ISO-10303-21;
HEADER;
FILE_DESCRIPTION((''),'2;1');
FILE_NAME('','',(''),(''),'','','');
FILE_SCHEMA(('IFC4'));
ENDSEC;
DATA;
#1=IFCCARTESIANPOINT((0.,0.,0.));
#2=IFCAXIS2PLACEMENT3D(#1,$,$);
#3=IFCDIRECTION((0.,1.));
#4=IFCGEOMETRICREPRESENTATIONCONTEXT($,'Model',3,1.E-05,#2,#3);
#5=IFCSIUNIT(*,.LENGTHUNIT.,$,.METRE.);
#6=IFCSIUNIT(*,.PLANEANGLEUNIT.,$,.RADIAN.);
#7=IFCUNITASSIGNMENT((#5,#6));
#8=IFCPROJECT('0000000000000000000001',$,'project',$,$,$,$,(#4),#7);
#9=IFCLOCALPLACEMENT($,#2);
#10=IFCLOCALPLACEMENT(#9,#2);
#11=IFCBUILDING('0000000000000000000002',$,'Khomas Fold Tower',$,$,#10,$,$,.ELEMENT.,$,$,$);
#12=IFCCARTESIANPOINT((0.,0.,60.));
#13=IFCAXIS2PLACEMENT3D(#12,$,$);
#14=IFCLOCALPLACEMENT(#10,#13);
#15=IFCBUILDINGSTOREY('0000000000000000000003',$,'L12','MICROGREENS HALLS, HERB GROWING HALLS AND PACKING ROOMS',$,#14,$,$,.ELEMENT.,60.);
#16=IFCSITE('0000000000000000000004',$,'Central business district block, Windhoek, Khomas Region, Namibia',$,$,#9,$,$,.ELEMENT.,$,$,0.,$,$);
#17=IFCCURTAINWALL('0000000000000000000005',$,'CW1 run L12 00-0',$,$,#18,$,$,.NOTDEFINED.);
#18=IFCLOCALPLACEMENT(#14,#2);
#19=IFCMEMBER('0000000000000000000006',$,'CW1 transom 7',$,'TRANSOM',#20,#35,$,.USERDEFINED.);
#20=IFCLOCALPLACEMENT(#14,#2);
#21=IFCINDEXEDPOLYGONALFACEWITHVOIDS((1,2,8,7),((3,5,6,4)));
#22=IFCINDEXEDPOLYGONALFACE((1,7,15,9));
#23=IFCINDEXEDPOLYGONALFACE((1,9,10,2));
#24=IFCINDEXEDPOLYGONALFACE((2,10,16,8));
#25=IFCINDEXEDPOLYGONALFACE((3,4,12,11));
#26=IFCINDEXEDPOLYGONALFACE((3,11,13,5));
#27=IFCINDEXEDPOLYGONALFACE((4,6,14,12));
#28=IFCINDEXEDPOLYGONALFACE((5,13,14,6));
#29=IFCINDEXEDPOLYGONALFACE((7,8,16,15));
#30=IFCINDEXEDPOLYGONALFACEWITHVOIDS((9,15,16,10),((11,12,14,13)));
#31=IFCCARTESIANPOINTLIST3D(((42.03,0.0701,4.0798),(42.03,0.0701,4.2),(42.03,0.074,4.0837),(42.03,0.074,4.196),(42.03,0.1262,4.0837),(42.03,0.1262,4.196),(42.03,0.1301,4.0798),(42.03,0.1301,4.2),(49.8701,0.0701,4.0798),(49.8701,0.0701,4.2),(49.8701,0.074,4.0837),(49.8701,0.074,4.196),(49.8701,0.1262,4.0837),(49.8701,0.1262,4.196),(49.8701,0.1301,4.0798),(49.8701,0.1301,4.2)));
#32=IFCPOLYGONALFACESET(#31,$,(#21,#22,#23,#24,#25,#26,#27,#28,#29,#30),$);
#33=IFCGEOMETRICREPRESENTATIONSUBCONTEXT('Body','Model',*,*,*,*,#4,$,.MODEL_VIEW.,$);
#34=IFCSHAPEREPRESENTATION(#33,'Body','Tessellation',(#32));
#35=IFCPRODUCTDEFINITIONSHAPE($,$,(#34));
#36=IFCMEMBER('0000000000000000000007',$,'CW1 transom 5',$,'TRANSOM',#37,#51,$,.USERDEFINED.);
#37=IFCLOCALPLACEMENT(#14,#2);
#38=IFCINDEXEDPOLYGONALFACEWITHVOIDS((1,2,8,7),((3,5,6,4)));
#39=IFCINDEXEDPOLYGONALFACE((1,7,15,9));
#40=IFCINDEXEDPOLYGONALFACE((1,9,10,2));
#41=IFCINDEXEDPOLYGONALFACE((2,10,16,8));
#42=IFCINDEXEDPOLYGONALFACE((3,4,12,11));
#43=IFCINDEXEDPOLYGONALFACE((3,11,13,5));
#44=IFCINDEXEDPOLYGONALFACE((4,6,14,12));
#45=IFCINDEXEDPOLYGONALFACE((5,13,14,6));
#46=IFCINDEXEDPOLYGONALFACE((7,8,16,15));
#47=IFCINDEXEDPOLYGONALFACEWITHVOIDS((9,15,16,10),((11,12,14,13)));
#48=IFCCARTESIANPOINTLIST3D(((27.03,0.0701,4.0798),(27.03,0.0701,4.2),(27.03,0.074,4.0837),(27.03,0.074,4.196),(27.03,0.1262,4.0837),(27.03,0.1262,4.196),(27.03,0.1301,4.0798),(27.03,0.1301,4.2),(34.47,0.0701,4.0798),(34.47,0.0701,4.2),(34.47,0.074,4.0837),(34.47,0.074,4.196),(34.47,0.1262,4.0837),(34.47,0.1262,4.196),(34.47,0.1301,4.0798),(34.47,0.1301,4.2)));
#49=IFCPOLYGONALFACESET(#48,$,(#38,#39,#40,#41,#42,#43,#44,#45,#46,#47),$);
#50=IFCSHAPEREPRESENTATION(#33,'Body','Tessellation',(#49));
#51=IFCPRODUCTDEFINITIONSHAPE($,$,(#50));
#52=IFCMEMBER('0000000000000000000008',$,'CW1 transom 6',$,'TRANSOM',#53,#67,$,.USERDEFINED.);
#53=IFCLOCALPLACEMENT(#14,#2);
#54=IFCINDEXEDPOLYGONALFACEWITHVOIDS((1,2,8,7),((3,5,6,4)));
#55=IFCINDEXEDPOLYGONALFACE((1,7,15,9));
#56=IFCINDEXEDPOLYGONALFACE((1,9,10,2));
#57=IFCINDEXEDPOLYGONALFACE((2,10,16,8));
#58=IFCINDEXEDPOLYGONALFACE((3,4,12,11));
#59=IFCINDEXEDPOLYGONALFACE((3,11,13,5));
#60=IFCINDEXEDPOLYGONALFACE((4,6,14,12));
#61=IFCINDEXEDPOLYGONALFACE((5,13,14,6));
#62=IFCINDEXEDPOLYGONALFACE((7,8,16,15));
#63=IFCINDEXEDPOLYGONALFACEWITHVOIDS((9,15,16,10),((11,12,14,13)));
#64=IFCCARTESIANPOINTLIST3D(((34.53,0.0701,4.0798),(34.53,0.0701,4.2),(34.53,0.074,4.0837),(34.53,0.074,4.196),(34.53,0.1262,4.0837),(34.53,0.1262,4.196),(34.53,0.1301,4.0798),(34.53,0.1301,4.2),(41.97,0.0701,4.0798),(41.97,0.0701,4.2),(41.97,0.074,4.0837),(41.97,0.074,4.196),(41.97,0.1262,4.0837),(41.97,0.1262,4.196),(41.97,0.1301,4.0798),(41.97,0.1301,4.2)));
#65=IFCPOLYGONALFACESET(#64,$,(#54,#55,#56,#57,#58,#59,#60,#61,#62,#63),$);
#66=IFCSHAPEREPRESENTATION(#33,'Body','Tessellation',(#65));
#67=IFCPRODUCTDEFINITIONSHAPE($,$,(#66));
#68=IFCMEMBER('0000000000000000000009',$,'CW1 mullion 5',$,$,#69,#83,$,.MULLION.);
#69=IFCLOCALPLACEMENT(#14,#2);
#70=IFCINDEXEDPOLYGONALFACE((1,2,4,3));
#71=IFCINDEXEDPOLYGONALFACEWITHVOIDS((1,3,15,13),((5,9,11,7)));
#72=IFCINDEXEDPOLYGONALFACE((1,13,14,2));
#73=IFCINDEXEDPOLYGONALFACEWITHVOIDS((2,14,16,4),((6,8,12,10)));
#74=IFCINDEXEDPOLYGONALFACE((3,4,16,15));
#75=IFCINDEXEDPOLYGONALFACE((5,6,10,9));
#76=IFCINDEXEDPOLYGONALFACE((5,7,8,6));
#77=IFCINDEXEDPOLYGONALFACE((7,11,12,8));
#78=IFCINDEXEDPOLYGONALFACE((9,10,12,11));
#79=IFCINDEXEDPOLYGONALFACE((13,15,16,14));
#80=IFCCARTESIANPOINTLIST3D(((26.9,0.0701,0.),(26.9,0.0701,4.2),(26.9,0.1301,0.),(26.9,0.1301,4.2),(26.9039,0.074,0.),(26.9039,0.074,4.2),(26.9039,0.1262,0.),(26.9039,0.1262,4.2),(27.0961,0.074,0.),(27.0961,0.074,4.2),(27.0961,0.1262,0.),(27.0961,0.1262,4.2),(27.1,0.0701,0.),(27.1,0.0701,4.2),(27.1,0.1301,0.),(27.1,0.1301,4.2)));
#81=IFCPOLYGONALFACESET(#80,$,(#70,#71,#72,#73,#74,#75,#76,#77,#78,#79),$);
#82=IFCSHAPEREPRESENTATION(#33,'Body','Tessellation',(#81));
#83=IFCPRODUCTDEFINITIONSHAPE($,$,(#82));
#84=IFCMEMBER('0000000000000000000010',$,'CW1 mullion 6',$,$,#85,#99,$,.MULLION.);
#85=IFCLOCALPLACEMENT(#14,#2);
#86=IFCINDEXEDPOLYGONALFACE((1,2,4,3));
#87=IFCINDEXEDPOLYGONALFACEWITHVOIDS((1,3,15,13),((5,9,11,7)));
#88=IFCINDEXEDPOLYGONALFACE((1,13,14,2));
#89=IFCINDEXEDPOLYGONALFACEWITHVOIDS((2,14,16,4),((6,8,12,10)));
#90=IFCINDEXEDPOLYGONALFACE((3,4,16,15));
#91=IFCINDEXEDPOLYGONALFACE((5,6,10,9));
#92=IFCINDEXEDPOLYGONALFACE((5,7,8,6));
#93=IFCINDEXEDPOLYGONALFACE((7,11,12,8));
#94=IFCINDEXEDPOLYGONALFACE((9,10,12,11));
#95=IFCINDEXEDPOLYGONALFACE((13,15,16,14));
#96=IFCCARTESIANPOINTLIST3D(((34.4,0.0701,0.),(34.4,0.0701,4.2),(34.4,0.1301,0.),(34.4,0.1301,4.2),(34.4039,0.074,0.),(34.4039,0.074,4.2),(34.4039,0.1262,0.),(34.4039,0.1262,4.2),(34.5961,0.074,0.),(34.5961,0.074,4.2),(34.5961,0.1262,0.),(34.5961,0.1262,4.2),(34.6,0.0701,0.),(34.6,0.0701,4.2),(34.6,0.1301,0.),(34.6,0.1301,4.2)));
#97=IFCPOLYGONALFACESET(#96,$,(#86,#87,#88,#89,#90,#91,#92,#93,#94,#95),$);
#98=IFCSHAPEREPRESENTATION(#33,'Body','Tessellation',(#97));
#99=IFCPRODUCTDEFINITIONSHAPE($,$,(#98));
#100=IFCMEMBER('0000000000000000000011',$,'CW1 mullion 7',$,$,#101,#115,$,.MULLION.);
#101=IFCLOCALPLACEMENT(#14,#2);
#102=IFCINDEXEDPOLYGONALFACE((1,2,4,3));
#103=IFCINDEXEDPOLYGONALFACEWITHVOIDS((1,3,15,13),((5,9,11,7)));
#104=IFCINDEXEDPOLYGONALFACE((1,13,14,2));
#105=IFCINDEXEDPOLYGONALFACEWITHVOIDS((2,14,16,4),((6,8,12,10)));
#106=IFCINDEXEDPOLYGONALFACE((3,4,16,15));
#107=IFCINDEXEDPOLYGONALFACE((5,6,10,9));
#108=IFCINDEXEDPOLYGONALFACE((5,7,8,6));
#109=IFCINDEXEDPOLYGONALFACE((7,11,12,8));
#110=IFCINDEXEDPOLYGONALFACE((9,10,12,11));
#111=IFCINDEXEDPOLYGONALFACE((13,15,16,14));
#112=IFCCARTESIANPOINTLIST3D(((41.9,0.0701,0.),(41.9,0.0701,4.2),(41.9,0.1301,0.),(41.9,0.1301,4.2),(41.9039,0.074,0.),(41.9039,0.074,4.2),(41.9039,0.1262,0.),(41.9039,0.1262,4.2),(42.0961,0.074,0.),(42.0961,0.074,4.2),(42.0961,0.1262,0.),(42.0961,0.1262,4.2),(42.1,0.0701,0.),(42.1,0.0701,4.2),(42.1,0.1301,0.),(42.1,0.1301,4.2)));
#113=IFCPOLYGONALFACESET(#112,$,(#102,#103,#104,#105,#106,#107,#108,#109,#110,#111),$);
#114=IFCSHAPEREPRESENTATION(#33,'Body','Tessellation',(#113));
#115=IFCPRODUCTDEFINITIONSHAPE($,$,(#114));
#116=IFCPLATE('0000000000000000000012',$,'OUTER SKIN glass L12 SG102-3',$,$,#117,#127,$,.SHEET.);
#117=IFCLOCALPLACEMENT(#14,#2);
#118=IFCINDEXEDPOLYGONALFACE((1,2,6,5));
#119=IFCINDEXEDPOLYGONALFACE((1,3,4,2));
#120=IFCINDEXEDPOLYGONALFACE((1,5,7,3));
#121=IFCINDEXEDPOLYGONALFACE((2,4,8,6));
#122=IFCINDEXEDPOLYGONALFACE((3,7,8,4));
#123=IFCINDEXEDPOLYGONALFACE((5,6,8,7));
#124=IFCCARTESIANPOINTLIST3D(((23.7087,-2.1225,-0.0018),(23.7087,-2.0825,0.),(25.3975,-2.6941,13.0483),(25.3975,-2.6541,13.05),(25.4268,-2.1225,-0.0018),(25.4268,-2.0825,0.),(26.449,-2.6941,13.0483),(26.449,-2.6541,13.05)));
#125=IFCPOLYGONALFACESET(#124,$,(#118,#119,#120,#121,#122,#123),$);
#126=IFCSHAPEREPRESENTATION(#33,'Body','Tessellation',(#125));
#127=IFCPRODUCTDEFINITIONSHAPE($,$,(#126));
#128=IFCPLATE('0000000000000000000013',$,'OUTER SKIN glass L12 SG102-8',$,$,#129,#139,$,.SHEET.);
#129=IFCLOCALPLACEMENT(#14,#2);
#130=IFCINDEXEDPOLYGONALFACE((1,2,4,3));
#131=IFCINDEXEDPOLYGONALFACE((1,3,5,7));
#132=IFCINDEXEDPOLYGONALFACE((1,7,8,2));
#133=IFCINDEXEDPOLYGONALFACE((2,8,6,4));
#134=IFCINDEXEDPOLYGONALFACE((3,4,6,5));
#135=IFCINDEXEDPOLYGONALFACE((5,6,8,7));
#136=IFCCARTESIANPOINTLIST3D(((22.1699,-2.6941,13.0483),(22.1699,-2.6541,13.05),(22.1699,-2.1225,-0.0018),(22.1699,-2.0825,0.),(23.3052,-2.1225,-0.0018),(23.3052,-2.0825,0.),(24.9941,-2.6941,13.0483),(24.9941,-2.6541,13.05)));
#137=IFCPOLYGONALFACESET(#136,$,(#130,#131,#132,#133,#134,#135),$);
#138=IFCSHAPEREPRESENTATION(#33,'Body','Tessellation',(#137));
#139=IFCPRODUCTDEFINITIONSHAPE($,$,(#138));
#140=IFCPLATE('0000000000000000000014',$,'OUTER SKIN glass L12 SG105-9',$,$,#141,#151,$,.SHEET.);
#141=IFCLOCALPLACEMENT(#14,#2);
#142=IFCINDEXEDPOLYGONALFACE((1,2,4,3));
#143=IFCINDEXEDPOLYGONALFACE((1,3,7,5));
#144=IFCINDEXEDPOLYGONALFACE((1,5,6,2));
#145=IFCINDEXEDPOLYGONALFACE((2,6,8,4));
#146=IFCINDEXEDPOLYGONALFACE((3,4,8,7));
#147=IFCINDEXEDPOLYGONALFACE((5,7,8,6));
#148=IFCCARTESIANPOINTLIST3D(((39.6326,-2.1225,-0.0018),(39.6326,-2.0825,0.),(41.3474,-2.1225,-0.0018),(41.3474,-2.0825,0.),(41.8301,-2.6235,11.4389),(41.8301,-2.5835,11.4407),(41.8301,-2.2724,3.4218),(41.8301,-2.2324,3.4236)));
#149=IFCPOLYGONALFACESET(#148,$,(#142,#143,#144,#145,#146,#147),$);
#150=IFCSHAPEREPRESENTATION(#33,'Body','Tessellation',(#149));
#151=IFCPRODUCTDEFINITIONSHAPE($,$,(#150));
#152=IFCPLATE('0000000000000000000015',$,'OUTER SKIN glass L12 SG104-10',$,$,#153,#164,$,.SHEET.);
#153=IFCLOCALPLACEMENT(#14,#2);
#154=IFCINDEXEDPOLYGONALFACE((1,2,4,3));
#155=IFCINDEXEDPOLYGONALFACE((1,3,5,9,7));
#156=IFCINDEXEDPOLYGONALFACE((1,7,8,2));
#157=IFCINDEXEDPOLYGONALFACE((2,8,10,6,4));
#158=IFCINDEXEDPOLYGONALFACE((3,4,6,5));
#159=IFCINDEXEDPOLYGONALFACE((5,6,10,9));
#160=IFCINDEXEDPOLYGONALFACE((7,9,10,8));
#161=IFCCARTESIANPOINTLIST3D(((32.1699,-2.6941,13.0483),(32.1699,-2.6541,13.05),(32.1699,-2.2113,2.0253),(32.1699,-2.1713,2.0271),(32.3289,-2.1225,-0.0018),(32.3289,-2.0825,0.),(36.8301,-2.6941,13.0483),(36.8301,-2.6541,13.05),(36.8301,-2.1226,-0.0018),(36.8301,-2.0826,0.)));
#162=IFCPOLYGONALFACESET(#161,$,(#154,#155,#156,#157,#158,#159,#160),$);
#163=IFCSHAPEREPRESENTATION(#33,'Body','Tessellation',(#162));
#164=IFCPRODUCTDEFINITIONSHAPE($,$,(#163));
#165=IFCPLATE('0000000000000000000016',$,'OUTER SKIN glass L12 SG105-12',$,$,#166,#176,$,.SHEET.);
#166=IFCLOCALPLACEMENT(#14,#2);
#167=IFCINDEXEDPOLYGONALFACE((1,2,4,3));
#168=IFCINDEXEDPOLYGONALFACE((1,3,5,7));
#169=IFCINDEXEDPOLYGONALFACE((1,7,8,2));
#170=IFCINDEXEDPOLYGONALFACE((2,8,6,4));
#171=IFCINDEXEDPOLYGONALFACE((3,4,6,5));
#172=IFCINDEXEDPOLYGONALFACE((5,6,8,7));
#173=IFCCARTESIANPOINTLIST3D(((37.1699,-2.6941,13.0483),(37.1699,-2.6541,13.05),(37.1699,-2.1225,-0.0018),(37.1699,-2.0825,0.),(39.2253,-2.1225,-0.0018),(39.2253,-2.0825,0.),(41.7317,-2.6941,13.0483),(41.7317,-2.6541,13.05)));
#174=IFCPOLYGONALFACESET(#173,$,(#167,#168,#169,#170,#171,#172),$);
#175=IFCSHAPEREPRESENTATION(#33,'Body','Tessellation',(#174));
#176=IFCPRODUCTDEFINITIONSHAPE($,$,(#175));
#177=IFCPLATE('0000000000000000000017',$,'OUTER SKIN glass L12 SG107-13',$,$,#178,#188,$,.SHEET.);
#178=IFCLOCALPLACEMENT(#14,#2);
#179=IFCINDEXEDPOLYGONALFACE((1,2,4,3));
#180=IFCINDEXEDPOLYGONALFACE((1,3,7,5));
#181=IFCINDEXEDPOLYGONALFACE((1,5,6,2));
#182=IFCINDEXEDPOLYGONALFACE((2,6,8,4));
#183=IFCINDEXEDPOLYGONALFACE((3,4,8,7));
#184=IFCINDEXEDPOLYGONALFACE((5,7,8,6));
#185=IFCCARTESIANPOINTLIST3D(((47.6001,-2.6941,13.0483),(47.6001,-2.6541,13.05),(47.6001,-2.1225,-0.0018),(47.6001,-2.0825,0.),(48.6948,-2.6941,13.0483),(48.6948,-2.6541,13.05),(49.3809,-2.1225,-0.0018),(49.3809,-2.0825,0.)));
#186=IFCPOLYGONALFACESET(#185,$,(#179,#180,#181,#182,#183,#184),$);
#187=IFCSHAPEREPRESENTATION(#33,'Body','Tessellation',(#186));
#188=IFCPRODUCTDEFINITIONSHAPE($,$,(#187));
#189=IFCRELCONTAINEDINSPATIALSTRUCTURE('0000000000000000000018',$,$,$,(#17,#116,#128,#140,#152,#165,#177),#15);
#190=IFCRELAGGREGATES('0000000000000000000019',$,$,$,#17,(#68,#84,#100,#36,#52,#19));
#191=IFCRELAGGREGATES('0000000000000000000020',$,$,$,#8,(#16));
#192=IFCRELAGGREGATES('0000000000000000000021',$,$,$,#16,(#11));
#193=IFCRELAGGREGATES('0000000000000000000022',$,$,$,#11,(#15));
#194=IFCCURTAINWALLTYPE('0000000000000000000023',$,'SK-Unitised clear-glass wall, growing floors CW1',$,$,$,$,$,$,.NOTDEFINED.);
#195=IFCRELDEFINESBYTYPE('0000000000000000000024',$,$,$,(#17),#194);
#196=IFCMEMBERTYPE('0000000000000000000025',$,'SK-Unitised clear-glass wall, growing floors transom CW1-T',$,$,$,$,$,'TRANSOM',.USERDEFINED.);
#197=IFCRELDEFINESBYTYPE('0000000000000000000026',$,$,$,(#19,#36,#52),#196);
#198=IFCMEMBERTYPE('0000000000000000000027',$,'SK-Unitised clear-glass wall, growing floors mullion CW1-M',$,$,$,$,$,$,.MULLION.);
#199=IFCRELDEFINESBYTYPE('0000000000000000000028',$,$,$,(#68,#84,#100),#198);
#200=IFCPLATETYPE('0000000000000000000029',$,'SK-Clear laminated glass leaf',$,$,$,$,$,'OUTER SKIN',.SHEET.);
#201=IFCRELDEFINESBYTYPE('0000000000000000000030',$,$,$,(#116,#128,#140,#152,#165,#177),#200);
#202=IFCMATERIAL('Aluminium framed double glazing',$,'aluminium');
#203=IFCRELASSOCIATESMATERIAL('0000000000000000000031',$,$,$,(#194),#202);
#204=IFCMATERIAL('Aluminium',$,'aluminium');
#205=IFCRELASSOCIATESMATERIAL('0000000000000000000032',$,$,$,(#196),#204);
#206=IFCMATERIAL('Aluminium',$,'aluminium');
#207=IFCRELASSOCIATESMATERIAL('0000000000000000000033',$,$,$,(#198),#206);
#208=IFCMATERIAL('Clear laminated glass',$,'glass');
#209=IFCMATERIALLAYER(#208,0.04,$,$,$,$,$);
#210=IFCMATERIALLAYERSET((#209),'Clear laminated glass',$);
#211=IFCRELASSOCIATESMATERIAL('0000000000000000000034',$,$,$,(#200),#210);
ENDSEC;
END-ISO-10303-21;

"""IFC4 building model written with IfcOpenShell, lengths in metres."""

from ifc_helpers import new_model, si_unit, direction, frame, origin, origin_2d, place, context, subcontext, project, spatial, polyline, hollow_rectangle, outline, extrude, source, transform, mapped, material, layer, layer_set, material_profile, profile_set, type_object, element, aggregate, save


model = new_model("IFC4")

# Units and contexts
model_context = context("Model", 3, precision=1e-05, world=origin(), true_north=direction((0.0, 1.0)))
body_context = subcontext(model_context, "Body", "Model", "MODEL_VIEW")
ifc_project = project(units=[si_unit("LENGTHUNIT", "METRE"), si_unit("PLANEANGLEUNIT", "RADIAN")], contexts=[model_context])

# Site, building, storey
site_placement = place(None, origin())
site = spatial("IfcSite", under=ifc_project, at=site_placement, Name="Central business district block, Windhoek, Khomas Region, Namibia", CompositionType="ELEMENT", RefElevation=0.0)
building_placement = place(site_placement, origin())
building = spatial("IfcBuilding", under=site, at=building_placement, Name="Khomas Fold Tower", CompositionType="ELEMENT")
storey_placement = place(building_placement, frame((0.0, 0.0, 60.0)))
storey = spatial("IfcBuildingStorey", under=building, at=storey_placement, Name="L12", Description="MICROGREENS HALLS, HERB GROWING HALLS AND PACKING ROOMS", CompositionType="ELEMENT", Elevation=60.0)

# Curtain wall, members
ifc_material_1 = material(Name="Aluminium framed double glazing", Category="aluminium")
curtain_wall_type = type_object("IfcCurtainWallType", Name="SK-Unitised clear-glass wall, growing floors CW1", PredefinedType="NOTDEFINED", material=ifc_material_1)
curtain_wall_placement = place(storey_placement, origin())
curtain_wall = element("IfcCurtainWall", 1, at=curtain_wall_placement, inside=storey, type_object=curtain_wall_type, Name="CW1 run L12 00-0", PredefinedType="NOTDEFINED")
ifc_material_2 = material(Name="Aluminium", Category="aluminium")
ifc_material_profile_1 = material_profile(ifc_material_2, hollow_rectangle(XDim=0.0601, YDim=0.1201, WallThickness=0.0039, at=origin_2d()), Name="SK-Unitised clear-glass wall, growing floors transom CW1-T")
ifc_profile_set_1 = profile_set([ifc_material_profile_1], Name="Aluminium")
member_type_1 = type_object("IfcMemberType", Name="SK-Unitised clear-glass wall, growing floors transom CW1-T", ElementType="TRANSOM", PredefinedType="USERDEFINED", material=ifc_profile_set_1)
shared_shape_1 = source(origin(), body_context, "Body", "SweptSolid", [
    extrude(hollow_rectangle(XDim=0.0601, YDim=0.1201, WallThickness=0.0039, at=origin_2d()), origin(), (0.0, 0.0, 1.0), 7.8401),
])
member_1_placement = place(storey_placement, frame((42.03, 0.1001, 4.1399), z_axis=(1.0, 0.0, 0.0), x_axis=(0.0, 1.0, 0.0)))
member_1 = element("IfcMember", 2, at=member_1_placement, type_object=member_type_1, Name="CW1 transom 7", ObjectType="TRANSOM", PredefinedType="USERDEFINED", context=body_context, shape_type="MappedRepresentation", body=[
    mapped(shared_shape_1, transform((0.0, 0.0, 0.0))),
])
shared_shape_2 = source(origin(), body_context, "Body", "SweptSolid", [
    extrude(hollow_rectangle(XDim=0.0601, YDim=0.1201, WallThickness=0.0039, at=origin_2d()), origin(), (0.0, 0.0, 1.0), 7.4399),
])
member_2_placement = place(storey_placement, frame((27.03, 0.1001, 4.1399), z_axis=(1.0, 0.0, 0.0), x_axis=(0.0, 1.0, 0.0)))
member_2 = element("IfcMember", 3, at=member_2_placement, type_object=member_type_1, Name="CW1 transom 5", ObjectType="TRANSOM", PredefinedType="USERDEFINED", context=body_context, shape_type="MappedRepresentation", body=[
    mapped(shared_shape_2, transform((0.0, 0.0, 0.0))),
])
member_3_placement = place(storey_placement, frame((34.53, 0.1001, 4.1399), z_axis=(1.0, 0.0, 0.0), x_axis=(0.0, 1.0, 0.0)))
member_3 = element("IfcMember", 4, at=member_3_placement, type_object=member_type_1, Name="CW1 transom 6", ObjectType="TRANSOM", PredefinedType="USERDEFINED", context=body_context, shape_type="MappedRepresentation", body=[
    mapped(shared_shape_2, transform((0.0, 0.0, 0.0))),
])
ifc_material_3 = material(Name="Aluminium", Category="aluminium")
ifc_material_profile_2 = material_profile(ifc_material_3, hollow_rectangle(XDim=0.0601, YDim=0.2, WallThickness=0.0039, at=origin_2d()), Name="SK-Unitised clear-glass wall, growing floors mullion CW1-M")
ifc_profile_set_2 = profile_set([ifc_material_profile_2], Name="Aluminium")
member_type_2 = type_object("IfcMemberType", Name="SK-Unitised clear-glass wall, growing floors mullion CW1-M", PredefinedType="MULLION", material=ifc_profile_set_2)
shared_shape_3 = source(origin(), body_context, "Body", "SweptSolid", [
    extrude(hollow_rectangle(XDim=0.0601, YDim=0.2, WallThickness=0.0039, at=origin_2d()), origin(), (0.0, 0.0, 1.0), 4.2),
])
member_4_placement = place(storey_placement, frame((27.0, 0.1001, 0.0), z_axis=(0.0, 0.0, 1.0), x_axis=(0.0, 1.0, 0.0)))
member_4 = element("IfcMember", 5, at=member_4_placement, type_object=member_type_2, Name="CW1 mullion 5", PredefinedType="MULLION", context=body_context, shape_type="MappedRepresentation", body=[
    mapped(shared_shape_3, transform((0.0, 0.0, 0.0))),
])
member_5_placement = place(storey_placement, frame((34.5, 0.1001, 0.0), z_axis=(0.0, 0.0, 1.0), x_axis=(0.0, 1.0, 0.0)))
member_5 = element("IfcMember", 6, at=member_5_placement, type_object=member_type_2, Name="CW1 mullion 6", PredefinedType="MULLION", context=body_context, shape_type="MappedRepresentation", body=[
    mapped(shared_shape_3, transform((0.0, 0.0, 0.0))),
])
member_6_placement = place(storey_placement, frame((42.0, 0.1001, 0.0), z_axis=(0.0, 0.0, 1.0), x_axis=(0.0, 1.0, 0.0)))
member_6 = element("IfcMember", 7, at=member_6_placement, type_object=member_type_2, Name="CW1 mullion 7", PredefinedType="MULLION", context=body_context, shape_type="MappedRepresentation", body=[
    mapped(shared_shape_3, transform((0.0, 0.0, 0.0))),
])

# Plates
ifc_material_4 = material(Name="Clear laminated glass", Category="glass")
ifc_layer_1 = layer(ifc_material_4, 0.04)
ifc_layer_set_1 = layer_set([ifc_layer_1], Name="Clear laminated glass")
plate_type_1 = type_object("IfcPlateType", Name="SK-Clear laminated glass leaf", ElementType="OUTER SKIN", PredefinedType="SHEET", material=ifc_layer_set_1)
plate_1_placement = place(storey_placement, frame((25.4268, -2.0825, 0.0), z_axis=(0.0, 0.999042, 0.043754), x_axis=(-1.0, 0.0, 0.0)))
element("IfcPlate", 8, at=plate_1_placement, inside=storey, type_object=plate_type_1, Name="OUTER SKIN glass L12 SG102-3", PredefinedType="SHEET", context=body_context, shape_type="SweptSolid", body=[
    extrude(outline(polyline([(0.0, 0.0), (1.718, 0.0), (0.0293, 13.0626), (-1.0222, 13.0626), (0.0, 0.0)])), origin(), (0.0, 0.0, -1.0), 0.04),
])
plate_2_placement = place(storey_placement, frame((23.3052, -2.0825, 0.0), z_axis=(0.0, 0.999042, 0.043754), x_axis=(-1.0, 0.0, 0.0)))
element("IfcPlate", 9, at=plate_2_placement, inside=storey, type_object=plate_type_1, Name="OUTER SKIN glass L12 SG102-8", PredefinedType="SHEET", context=body_context, shape_type="SweptSolid", body=[
    extrude(outline(polyline([(0.0, 0.0), (1.1353, 0.0), (1.1353, 13.0626), (-1.689, 13.0626), (0.0, 0.0)])), origin(), (0.0, 0.0, -1.0), 0.04),
])
plate_3_placement = place(storey_placement, frame((41.3474, -2.0825, 0.0), z_axis=(-0.000006, 0.999043, 0.043747), x_axis=(-1.0, -0.000006, 0.0)))
element("IfcPlate", 10, at=plate_3_placement, inside=storey, type_object=plate_type_1, Name="OUTER SKIN glass L12 SG105-9", PredefinedType="SHEET", context=body_context, shape_type="SweptSolid", body=[
    extrude(outline(polyline([(0.0, 0.0), (1.7148, 0.0), (-0.4827, 11.4516), (-0.4827, 3.4269), (0.0, 0.0)])), origin(), (0.0, 0.0, -1.0), 0.04),
])
plate_4_placement = place(storey_placement, frame((32.3289, -2.0825, 0.0), z_axis=(0.000017, 0.999042, 0.043754), x_axis=(-0.078091, -0.043619, 0.995992)))
element("IfcPlate", 11, at=plate_4_placement, inside=storey, type_object=plate_type_1, Name="OUTER SKIN glass L12 SG104-10", PredefinedType="SHEET", context=body_context, shape_type="SweptSolid", body=[
    extrude(outline(polyline([(0.0, 0.0), (2.0353, 0.0), (13.0351, 0.8616), (12.6712, 5.5075), (-0.3515, 4.4875), (0.0, 0.0)])), origin(), (0.0, 0.0, -1.0), 0.04),
])
plate_5_placement = place(storey_placement, frame((39.2253, -2.0825, 0.0), z_axis=(0.0, 0.999042, 0.043754), x_axis=(-1.0, 0.0, 0.0)))
element("IfcPlate", 12, at=plate_5_placement, inside=storey, type_object=plate_type_1, Name="OUTER SKIN glass L12 SG105-12", PredefinedType="SHEET", context=body_context, shape_type="SweptSolid", body=[
    extrude(outline(polyline([(0.0, 0.0), (2.0554, 0.0), (2.0554, 13.0626), (-2.5063, 13.0626), (0.0, 0.0)])), origin(), (0.0, 0.0, -1.0), 0.04),
])
plate_6_placement = place(storey_placement, frame((49.3809, -2.0825, 0.0), z_axis=(0.0, 0.999042, 0.043754), x_axis=(-1.0, 0.0, 0.0)))
element("IfcPlate", 13, at=plate_6_placement, inside=storey, type_object=plate_type_1, Name="OUTER SKIN glass L12 SG107-13", PredefinedType="SHEET", context=body_context, shape_type="SweptSolid", body=[
    extrude(outline(polyline([(0.0, 0.0), (1.7808, 0.0), (1.7808, 13.0626), (0.686, 13.0626), (0.0, 0.0)])), origin(), (0.0, 0.0, -1.0), 0.04),
])

aggregate(curtain_wall, [member_4, member_5, member_6, member_2, member_3, member_1])

save(model, "model.ifc")
